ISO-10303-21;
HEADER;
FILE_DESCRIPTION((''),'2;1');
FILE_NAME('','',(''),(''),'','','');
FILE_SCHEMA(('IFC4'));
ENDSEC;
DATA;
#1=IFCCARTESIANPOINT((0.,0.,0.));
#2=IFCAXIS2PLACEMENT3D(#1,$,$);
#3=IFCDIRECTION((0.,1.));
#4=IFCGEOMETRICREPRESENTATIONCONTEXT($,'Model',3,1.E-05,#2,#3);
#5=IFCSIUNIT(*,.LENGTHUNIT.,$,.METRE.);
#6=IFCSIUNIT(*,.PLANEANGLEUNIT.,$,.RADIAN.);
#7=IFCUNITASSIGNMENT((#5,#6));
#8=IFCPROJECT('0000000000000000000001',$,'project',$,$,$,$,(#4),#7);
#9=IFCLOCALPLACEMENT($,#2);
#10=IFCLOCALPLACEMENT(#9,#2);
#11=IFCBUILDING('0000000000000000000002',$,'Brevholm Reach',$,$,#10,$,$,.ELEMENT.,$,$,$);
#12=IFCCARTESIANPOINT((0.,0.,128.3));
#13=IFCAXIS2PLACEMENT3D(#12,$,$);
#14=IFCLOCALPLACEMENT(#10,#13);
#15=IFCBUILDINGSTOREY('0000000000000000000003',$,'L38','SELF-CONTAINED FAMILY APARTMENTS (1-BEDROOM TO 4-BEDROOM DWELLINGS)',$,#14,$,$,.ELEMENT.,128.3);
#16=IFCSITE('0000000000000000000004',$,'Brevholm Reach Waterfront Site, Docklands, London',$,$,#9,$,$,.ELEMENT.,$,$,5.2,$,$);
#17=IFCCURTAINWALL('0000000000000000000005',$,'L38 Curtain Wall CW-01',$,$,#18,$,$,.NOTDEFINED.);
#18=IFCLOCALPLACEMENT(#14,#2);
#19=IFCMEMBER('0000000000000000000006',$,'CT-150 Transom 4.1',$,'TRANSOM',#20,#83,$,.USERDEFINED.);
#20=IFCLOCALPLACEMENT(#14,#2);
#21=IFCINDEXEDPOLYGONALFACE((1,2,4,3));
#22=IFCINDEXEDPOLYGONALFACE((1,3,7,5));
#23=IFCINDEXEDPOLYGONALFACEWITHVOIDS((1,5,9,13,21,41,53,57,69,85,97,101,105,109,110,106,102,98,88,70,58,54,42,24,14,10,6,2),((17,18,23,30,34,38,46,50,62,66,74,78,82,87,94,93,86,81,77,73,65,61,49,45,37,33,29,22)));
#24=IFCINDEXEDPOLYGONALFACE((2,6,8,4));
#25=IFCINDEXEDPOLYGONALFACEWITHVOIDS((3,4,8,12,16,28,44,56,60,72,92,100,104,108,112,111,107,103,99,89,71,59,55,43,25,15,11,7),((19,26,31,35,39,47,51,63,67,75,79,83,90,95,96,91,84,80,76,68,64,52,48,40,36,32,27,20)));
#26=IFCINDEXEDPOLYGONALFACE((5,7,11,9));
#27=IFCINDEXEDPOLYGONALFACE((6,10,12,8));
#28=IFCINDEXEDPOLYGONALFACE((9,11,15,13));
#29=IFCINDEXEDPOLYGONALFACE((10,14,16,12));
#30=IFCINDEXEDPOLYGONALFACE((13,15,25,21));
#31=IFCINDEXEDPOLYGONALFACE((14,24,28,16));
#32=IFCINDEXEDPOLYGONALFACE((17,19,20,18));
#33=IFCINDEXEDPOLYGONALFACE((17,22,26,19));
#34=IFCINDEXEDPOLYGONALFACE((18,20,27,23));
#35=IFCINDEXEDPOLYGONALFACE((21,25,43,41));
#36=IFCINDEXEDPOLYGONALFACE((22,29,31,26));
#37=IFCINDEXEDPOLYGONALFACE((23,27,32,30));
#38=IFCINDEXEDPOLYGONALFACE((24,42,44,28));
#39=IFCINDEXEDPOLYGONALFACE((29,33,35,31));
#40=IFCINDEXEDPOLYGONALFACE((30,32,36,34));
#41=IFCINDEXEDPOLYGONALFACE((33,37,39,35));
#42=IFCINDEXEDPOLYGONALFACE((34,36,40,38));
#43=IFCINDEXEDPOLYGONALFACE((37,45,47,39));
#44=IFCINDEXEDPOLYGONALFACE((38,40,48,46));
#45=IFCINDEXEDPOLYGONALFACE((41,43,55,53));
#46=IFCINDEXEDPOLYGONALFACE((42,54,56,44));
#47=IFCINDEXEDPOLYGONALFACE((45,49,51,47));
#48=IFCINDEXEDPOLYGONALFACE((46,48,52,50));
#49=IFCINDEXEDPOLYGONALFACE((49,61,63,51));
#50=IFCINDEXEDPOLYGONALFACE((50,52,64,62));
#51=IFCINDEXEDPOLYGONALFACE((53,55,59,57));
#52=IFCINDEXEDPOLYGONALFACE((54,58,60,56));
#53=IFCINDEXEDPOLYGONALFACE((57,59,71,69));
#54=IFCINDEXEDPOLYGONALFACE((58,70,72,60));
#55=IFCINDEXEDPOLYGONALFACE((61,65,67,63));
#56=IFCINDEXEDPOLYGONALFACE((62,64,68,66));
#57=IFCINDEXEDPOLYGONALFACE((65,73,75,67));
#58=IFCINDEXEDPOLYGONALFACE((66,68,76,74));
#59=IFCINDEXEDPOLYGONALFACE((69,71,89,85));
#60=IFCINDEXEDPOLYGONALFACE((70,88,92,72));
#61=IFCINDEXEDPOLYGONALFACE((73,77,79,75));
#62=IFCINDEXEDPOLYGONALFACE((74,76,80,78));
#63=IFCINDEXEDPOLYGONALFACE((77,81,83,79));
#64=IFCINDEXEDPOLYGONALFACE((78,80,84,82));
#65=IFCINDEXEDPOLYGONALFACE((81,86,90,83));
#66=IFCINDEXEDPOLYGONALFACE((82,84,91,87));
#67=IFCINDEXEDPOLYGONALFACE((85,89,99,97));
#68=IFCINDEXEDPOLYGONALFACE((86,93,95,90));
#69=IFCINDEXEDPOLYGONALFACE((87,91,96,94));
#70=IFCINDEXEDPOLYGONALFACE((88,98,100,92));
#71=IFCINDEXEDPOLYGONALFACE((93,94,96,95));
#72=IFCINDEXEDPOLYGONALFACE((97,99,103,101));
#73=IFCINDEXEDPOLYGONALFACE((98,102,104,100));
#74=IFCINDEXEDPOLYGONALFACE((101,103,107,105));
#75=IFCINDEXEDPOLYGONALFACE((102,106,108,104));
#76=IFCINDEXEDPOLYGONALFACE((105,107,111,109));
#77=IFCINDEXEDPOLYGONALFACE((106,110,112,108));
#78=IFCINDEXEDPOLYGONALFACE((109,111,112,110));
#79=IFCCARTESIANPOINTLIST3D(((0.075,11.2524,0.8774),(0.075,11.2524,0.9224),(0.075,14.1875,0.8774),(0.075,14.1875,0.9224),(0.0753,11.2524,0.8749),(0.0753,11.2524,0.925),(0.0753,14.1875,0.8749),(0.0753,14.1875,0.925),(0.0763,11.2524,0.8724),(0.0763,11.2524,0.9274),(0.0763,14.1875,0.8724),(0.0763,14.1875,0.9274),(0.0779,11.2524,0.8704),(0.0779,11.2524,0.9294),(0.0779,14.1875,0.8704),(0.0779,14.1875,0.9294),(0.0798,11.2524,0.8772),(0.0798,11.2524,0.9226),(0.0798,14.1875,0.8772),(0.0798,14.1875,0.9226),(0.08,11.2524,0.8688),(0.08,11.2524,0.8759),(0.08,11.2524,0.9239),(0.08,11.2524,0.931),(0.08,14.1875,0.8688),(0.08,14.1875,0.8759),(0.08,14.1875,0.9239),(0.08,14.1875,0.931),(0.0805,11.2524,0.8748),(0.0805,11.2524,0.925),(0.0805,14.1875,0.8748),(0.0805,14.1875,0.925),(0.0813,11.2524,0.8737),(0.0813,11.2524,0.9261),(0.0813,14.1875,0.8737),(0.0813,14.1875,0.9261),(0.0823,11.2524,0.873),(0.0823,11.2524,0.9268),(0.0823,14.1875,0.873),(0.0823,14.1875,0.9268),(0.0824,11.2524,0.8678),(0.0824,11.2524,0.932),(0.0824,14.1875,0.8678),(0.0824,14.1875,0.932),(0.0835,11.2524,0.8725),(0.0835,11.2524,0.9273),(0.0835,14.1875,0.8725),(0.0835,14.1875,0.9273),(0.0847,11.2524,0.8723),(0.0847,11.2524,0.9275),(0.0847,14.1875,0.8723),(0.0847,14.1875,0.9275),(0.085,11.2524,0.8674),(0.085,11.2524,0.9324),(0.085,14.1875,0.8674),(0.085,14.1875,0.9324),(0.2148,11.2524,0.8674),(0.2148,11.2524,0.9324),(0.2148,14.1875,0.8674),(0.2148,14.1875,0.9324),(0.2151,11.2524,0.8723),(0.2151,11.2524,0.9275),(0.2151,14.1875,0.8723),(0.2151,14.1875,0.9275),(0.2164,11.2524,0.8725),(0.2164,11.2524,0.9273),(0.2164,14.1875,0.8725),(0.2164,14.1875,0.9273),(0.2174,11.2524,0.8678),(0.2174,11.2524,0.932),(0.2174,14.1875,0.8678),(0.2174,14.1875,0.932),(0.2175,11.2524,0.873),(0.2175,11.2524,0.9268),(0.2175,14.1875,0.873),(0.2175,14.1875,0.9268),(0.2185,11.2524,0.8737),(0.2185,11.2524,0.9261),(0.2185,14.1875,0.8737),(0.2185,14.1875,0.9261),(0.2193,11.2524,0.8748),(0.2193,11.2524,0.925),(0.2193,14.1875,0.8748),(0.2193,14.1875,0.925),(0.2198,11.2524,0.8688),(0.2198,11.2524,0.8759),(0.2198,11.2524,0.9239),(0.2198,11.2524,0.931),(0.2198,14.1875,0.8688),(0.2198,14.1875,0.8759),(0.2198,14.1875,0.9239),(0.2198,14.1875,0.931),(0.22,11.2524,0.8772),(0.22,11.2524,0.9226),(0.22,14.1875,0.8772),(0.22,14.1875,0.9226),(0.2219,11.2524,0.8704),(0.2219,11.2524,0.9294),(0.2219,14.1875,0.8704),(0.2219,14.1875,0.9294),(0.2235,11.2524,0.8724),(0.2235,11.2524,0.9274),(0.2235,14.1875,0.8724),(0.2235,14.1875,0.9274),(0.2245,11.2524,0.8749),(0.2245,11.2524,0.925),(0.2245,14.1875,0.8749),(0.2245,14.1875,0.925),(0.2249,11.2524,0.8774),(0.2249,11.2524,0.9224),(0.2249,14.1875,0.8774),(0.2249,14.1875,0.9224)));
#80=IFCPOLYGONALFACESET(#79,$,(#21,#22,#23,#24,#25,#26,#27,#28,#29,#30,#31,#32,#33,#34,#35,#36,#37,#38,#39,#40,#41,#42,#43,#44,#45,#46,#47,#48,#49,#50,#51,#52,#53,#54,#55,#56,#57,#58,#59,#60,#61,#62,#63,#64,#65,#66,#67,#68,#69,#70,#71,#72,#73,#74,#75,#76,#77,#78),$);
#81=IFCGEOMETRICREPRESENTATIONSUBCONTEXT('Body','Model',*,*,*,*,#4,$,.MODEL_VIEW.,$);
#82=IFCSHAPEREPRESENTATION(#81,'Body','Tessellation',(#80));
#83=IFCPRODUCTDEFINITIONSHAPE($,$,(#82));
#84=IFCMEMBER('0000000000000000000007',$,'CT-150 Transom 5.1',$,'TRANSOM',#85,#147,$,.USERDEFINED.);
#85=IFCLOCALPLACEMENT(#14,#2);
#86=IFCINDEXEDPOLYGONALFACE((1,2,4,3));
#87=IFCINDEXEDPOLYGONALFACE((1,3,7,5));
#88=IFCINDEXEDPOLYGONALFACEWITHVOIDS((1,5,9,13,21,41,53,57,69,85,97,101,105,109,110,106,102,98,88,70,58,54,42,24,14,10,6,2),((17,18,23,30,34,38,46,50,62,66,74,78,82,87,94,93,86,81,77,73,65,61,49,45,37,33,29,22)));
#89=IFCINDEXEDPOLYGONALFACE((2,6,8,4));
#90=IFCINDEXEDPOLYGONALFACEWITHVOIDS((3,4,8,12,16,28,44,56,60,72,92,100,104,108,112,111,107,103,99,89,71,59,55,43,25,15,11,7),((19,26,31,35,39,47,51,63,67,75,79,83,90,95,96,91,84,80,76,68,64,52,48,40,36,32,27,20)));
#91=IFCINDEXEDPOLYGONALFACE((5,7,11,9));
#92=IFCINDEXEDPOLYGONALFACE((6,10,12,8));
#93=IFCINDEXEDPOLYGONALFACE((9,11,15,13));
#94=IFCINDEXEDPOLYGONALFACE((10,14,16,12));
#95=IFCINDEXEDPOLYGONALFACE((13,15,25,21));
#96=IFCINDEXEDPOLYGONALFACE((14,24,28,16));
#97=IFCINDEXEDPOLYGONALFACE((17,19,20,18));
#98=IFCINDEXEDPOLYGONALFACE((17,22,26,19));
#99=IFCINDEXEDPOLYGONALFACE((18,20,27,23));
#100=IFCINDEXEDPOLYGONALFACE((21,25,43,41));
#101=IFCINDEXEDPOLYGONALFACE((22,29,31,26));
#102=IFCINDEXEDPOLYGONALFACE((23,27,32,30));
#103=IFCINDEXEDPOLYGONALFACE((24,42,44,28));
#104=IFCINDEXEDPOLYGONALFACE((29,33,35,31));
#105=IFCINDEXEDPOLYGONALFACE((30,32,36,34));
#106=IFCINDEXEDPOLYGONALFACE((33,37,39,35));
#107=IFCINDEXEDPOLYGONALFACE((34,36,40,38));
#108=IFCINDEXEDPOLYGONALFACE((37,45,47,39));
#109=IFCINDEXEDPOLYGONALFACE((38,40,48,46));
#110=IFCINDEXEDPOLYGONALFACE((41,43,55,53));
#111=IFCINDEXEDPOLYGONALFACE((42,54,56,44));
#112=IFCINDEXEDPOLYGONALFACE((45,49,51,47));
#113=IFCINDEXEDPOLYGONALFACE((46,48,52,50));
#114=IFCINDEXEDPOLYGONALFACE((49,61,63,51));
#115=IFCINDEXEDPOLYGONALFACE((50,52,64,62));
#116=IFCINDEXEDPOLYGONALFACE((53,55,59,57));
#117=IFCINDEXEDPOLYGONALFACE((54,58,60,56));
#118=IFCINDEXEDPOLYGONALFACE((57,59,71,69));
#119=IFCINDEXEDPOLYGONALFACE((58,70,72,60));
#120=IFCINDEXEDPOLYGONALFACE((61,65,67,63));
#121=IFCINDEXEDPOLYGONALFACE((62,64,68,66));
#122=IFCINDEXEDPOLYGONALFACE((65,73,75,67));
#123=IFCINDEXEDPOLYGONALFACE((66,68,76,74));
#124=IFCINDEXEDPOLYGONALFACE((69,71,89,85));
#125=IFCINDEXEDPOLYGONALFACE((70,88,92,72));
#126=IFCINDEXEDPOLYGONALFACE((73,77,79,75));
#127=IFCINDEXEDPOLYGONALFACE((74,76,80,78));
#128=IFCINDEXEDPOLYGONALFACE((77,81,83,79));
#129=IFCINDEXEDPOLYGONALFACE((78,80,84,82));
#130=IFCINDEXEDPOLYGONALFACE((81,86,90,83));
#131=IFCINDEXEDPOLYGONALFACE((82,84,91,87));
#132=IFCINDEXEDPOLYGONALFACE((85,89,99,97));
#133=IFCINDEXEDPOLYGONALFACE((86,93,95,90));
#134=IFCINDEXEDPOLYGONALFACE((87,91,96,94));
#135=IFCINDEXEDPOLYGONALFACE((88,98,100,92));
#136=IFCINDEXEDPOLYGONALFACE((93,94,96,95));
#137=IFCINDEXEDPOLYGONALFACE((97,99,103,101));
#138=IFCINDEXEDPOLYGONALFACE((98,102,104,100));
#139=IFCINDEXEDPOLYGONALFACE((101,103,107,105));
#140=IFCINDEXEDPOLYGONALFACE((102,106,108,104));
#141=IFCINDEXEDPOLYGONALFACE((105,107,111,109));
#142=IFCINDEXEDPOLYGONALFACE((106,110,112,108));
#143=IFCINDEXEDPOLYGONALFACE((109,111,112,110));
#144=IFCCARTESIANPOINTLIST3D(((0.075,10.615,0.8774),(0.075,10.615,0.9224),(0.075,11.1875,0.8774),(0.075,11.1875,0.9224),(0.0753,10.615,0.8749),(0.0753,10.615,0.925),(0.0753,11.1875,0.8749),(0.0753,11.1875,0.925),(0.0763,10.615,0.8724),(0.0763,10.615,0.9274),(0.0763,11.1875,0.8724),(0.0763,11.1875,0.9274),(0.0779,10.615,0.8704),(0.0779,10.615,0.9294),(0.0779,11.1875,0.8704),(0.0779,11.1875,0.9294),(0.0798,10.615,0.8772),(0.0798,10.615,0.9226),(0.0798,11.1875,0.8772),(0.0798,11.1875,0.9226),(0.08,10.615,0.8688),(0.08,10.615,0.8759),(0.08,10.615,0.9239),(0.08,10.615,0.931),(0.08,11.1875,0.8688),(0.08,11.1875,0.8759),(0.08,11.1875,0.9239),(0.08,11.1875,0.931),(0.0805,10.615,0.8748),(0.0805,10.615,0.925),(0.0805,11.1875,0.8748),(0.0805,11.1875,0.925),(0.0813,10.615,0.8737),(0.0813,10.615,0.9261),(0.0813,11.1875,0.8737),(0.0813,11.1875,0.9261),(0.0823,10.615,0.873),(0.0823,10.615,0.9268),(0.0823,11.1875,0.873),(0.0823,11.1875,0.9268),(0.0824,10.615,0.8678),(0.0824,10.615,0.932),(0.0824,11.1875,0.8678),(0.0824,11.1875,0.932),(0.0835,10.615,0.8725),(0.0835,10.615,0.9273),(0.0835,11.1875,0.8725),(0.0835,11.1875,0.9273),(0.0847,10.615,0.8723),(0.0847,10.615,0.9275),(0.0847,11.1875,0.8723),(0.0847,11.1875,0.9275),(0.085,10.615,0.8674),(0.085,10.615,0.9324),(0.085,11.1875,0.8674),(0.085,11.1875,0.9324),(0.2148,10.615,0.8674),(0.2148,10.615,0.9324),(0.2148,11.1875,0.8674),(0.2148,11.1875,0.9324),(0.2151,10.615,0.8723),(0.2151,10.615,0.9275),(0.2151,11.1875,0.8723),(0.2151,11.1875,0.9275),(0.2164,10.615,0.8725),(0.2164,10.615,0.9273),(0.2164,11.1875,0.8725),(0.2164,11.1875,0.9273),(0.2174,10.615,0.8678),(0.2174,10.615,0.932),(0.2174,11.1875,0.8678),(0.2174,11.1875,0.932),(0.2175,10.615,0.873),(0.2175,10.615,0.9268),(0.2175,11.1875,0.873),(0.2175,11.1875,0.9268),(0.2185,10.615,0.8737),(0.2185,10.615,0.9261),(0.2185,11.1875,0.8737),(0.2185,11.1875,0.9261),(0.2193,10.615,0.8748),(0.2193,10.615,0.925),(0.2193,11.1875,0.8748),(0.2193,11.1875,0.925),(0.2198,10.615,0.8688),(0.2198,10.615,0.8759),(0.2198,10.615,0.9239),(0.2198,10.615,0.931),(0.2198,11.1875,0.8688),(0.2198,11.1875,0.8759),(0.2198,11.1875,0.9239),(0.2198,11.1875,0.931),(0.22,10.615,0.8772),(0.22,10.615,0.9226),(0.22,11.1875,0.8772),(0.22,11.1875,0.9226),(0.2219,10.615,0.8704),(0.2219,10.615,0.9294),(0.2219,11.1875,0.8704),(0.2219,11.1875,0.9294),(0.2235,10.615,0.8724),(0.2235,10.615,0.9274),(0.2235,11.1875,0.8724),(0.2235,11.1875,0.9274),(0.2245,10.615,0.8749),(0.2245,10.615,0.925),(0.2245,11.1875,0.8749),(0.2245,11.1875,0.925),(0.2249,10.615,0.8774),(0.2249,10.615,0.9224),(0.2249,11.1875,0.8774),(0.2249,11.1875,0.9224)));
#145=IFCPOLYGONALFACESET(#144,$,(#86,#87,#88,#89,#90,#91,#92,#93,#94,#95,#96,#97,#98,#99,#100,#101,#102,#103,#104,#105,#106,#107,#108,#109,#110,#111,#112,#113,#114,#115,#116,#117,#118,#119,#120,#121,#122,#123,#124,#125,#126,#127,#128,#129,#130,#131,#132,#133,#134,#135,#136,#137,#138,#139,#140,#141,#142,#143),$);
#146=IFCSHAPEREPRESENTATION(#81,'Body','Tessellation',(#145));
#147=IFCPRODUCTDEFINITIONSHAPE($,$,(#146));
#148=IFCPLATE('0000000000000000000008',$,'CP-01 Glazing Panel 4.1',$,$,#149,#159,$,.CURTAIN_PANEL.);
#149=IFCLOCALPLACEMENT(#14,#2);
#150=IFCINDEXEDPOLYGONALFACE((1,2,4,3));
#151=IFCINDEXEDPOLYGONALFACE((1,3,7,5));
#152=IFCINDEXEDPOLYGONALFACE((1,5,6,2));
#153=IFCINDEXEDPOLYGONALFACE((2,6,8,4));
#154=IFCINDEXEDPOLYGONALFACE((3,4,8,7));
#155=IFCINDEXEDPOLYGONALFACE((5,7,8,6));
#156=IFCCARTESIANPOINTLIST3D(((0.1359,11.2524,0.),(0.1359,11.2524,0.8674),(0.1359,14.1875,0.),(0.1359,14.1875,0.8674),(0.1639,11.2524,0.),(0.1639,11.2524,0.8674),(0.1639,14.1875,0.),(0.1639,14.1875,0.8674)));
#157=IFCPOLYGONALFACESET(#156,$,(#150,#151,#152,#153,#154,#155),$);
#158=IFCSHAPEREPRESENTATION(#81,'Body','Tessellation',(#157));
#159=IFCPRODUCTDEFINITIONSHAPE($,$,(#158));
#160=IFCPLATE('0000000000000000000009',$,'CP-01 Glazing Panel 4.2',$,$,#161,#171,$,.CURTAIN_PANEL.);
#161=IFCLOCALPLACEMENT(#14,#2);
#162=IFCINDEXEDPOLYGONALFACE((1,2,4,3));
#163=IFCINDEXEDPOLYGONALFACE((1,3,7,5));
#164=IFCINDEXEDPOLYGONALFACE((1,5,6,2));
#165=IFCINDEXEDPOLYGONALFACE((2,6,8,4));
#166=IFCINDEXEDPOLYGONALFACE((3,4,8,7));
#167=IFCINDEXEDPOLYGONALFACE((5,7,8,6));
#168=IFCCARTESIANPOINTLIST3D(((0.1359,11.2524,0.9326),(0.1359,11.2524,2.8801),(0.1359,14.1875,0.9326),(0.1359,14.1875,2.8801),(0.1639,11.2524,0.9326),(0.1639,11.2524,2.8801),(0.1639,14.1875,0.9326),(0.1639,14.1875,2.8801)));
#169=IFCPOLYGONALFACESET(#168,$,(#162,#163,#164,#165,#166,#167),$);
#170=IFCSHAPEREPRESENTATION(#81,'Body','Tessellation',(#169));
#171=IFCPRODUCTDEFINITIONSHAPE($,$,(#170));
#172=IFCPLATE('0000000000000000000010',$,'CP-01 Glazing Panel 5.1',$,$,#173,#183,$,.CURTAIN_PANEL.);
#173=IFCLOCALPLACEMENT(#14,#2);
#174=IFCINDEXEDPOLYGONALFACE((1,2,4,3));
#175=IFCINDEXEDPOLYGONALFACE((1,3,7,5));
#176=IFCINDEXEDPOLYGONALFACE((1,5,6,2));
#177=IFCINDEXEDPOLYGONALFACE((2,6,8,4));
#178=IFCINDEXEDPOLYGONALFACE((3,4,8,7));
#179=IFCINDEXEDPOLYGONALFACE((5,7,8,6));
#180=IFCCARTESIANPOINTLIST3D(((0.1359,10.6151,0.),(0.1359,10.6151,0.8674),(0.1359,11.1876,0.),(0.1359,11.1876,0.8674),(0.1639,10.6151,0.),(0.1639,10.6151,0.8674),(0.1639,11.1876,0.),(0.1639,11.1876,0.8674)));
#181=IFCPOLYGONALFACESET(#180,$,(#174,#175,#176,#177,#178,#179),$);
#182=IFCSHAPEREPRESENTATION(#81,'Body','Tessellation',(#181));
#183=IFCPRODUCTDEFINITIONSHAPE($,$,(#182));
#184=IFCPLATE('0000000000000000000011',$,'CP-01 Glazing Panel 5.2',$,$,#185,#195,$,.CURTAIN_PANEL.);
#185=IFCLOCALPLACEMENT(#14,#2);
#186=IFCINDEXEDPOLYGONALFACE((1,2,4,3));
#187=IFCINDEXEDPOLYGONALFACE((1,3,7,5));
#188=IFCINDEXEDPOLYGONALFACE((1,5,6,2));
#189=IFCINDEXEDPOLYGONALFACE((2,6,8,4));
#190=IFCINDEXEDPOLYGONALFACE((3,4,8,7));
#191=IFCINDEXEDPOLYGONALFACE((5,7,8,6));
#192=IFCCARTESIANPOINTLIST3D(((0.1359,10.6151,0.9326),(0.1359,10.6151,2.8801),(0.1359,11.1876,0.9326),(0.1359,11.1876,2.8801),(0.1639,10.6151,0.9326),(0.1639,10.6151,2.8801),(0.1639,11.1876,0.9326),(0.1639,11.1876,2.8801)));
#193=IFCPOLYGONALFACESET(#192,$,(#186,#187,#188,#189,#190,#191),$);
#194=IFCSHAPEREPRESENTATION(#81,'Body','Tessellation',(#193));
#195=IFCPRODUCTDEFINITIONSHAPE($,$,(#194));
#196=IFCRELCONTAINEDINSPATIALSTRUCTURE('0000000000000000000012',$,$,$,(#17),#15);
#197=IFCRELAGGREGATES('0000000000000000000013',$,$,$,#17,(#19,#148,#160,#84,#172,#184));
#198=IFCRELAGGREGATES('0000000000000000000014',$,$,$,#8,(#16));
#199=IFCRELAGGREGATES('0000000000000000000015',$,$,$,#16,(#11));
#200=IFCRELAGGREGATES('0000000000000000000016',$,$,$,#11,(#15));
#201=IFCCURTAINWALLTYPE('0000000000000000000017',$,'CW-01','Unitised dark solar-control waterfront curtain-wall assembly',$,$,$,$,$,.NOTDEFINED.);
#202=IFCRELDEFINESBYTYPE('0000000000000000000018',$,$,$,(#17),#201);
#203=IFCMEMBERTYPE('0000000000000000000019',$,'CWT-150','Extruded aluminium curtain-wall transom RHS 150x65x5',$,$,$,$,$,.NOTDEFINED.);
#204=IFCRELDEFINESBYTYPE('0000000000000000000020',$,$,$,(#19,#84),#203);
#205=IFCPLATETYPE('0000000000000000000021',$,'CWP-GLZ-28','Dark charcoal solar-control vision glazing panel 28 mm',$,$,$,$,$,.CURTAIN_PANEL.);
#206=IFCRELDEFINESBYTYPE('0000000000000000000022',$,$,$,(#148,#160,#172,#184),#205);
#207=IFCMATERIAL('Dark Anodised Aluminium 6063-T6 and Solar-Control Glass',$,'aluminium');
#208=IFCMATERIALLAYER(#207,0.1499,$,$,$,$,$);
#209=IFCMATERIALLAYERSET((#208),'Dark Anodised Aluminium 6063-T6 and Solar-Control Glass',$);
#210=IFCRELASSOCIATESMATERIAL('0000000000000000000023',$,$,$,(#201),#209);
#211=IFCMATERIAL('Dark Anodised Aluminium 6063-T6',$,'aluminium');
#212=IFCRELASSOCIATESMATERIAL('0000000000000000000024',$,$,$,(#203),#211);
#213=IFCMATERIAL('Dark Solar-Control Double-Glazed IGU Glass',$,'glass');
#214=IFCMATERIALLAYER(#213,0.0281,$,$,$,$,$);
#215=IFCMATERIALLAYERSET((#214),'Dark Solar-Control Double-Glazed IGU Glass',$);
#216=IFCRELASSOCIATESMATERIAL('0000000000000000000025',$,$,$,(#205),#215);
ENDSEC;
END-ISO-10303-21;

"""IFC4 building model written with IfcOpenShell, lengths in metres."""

from ifc_helpers import new_model, si_unit, direction, frame, origin, origin_2d, place, context, subcontext, project, spatial, rectangle, hollow_rectangle, extrude, material, layer, layer_set, material_profile, profile_set, type_object, element, aggregate, save


model = new_model("IFC4")

# Units and contexts
model_context = context("Model", 3, precision=1e-05, world=origin(), true_north=direction((0.0, 1.0)))
body_context = subcontext(model_context, "Body", "Model", "MODEL_VIEW")
ifc_project = project(units=[si_unit("LENGTHUNIT", "METRE"), si_unit("PLANEANGLEUNIT", "RADIAN")], contexts=[model_context])

# Site, building, storey
site_placement = place(None, origin())
site = spatial("IfcSite", under=ifc_project, at=site_placement, Name="Brevholm Reach Waterfront Site, Docklands, London", CompositionType="ELEMENT", RefElevation=5.2)
building_placement = place(site_placement, origin())
building = spatial("IfcBuilding", under=site, at=building_placement, Name="Brevholm Reach", CompositionType="ELEMENT")
storey_placement = place(building_placement, frame((0.0, 0.0, 128.3)))
storey = spatial("IfcBuildingStorey", under=building, at=storey_placement, Name="L38", Description="SELF-CONTAINED FAMILY APARTMENTS (1-BEDROOM TO 4-BEDROOM DWELLINGS)", CompositionType="ELEMENT", Elevation=128.3)

# Curtain wall, members, plates
ifc_material_1 = material(Name="Dark Anodised Aluminium 6063-T6 and Solar-Control Glass", Category="aluminium")
ifc_layer_1 = layer(ifc_material_1, 0.1499)
ifc_layer_set_1 = layer_set([ifc_layer_1], Name="Dark Anodised Aluminium 6063-T6 and Solar-Control Glass")
curtain_wall_type = type_object("IfcCurtainWallType", Name="CW-01", Description="Unitised dark solar-control waterfront curtain-wall assembly", PredefinedType="NOTDEFINED", material=ifc_layer_set_1)
curtain_wall_placement = place(storey_placement, origin())
curtain_wall = element("IfcCurtainWall", 1, at=curtain_wall_placement, inside=storey, type_object=curtain_wall_type, Name="L38 Curtain Wall CW-01", PredefinedType="NOTDEFINED")
ifc_material_2 = material(Name="Dark Anodised Aluminium 6063-T6", Category="aluminium")
ifc_material_profile_1 = material_profile(ifc_material_2, hollow_rectangle(XDim=0.0649, YDim=0.1499, WallThickness=0.0049, InnerFilletRadius=0.0049, OuterFilletRadius=0.01, at=origin_2d()), Name="RHS 150x65x5")
ifc_profile_set_1 = profile_set([ifc_material_profile_1], Name="Dark Anodised Aluminium 6063-T6")
member_type_1 = type_object("IfcMemberType", Name="CWT-150", Description="Extruded aluminium curtain-wall transom RHS 150x65x5", PredefinedType="NOTDEFINED", material=ifc_profile_set_1)
member_1_placement = place(storey_placement, frame((0.1499, 14.1875, 0.8999), z_axis=(0.0, -1.0, 0.0), x_axis=(0.0, 0.0, 1.0)))
member_1 = element("IfcMember", 2, at=member_1_placement, type_object=member_type_1, Name="CT-150 Transom 4.1", ObjectType="TRANSOM", PredefinedType="USERDEFINED", context=body_context, shape_type="SweptSolid", body=[
    extrude(hollow_rectangle(XDim=0.0649, YDim=0.1499, WallThickness=0.0049, InnerFilletRadius=0.0049, OuterFilletRadius=0.01, at=origin_2d()), origin(), (0.0, 0.0, 1.0), 2.9351),
])
member_2_placement = place(storey_placement, frame((0.1499, 11.1875, 0.8999), z_axis=(0.0, -1.0, 0.0), x_axis=(0.0, 0.0, 1.0)))
member_2 = element("IfcMember", 3, at=member_2_placement, type_object=member_type_1, Name="CT-150 Transom 5.1", ObjectType="TRANSOM", PredefinedType="USERDEFINED", context=body_context, shape_type="SweptSolid", body=[
    extrude(hollow_rectangle(XDim=0.0649, YDim=0.1499, WallThickness=0.0049, InnerFilletRadius=0.0049, OuterFilletRadius=0.01, at=origin_2d()), origin(), (0.0, 0.0, 1.0), 0.5725),
])
ifc_material_3 = material(Name="Dark Solar-Control Double-Glazed IGU Glass", Category="glass")
ifc_layer_2 = layer(ifc_material_3, 0.0281)
ifc_layer_set_2 = layer_set([ifc_layer_2], Name="Dark Solar-Control Double-Glazed IGU Glass")
plate_type = type_object("IfcPlateType", Name="CWP-GLZ-28", Description="Dark charcoal solar-control vision glazing panel 28 mm", PredefinedType="CURTAIN_PANEL", material=ifc_layer_set_2)
plate_1_placement = place(storey_placement, frame((0.1499, 12.72, 0.0), z_axis=(0.0, 0.0, 1.0), x_axis=(0.0, -1.0, 0.0)))
plate_1 = element("IfcPlate", 4, at=plate_1_placement, type_object=plate_type, Name="CP-01 Glazing Panel 4.1", PredefinedType="CURTAIN_PANEL", context=body_context, shape_type="SweptSolid", body=[
    extrude(rectangle(XDim=2.9351, YDim=0.0281, at=origin_2d()), origin(), (0.0, 0.0, 1.0), 0.8674),
])
plate_2_placement = place(storey_placement, frame((0.1499, 12.72, 0.9326), z_axis=(0.0, 0.0, 1.0), x_axis=(0.0, -1.0, 0.0)))
plate_2 = element("IfcPlate", 5, at=plate_2_placement, type_object=plate_type, Name="CP-01 Glazing Panel 4.2", PredefinedType="CURTAIN_PANEL", context=body_context, shape_type="SweptSolid", body=[
    extrude(rectangle(XDim=2.9351, YDim=0.0281, at=origin_2d()), origin(), (0.0, 0.0, 1.0), 1.9475),
])
plate_3_placement = place(storey_placement, frame((0.1499, 10.9014, 0.0), z_axis=(0.0, 0.0, 1.0), x_axis=(0.0, -1.0, 0.0)))
plate_3 = element("IfcPlate", 6, at=plate_3_placement, type_object=plate_type, Name="CP-01 Glazing Panel 5.1", PredefinedType="CURTAIN_PANEL", context=body_context, shape_type="SweptSolid", body=[
    extrude(rectangle(XDim=0.5725, YDim=0.0281, at=origin_2d()), origin(), (0.0, 0.0, 1.0), 0.8674),
])
plate_4_placement = place(storey_placement, frame((0.1499, 10.9014, 0.9326), z_axis=(0.0, 0.0, 1.0), x_axis=(0.0, -1.0, 0.0)))
plate_4 = element("IfcPlate", 7, at=plate_4_placement, type_object=plate_type, Name="CP-01 Glazing Panel 5.2", PredefinedType="CURTAIN_PANEL", context=body_context, shape_type="SweptSolid", body=[
    extrude(rectangle(XDim=0.5725, YDim=0.0281, at=origin_2d()), origin(), (0.0, 0.0, 1.0), 1.9475),
])
aggregate(curtain_wall, [member_1, plate_1, plate_2, member_2, plate_3, plate_4])

save(model, "model.ifc")
